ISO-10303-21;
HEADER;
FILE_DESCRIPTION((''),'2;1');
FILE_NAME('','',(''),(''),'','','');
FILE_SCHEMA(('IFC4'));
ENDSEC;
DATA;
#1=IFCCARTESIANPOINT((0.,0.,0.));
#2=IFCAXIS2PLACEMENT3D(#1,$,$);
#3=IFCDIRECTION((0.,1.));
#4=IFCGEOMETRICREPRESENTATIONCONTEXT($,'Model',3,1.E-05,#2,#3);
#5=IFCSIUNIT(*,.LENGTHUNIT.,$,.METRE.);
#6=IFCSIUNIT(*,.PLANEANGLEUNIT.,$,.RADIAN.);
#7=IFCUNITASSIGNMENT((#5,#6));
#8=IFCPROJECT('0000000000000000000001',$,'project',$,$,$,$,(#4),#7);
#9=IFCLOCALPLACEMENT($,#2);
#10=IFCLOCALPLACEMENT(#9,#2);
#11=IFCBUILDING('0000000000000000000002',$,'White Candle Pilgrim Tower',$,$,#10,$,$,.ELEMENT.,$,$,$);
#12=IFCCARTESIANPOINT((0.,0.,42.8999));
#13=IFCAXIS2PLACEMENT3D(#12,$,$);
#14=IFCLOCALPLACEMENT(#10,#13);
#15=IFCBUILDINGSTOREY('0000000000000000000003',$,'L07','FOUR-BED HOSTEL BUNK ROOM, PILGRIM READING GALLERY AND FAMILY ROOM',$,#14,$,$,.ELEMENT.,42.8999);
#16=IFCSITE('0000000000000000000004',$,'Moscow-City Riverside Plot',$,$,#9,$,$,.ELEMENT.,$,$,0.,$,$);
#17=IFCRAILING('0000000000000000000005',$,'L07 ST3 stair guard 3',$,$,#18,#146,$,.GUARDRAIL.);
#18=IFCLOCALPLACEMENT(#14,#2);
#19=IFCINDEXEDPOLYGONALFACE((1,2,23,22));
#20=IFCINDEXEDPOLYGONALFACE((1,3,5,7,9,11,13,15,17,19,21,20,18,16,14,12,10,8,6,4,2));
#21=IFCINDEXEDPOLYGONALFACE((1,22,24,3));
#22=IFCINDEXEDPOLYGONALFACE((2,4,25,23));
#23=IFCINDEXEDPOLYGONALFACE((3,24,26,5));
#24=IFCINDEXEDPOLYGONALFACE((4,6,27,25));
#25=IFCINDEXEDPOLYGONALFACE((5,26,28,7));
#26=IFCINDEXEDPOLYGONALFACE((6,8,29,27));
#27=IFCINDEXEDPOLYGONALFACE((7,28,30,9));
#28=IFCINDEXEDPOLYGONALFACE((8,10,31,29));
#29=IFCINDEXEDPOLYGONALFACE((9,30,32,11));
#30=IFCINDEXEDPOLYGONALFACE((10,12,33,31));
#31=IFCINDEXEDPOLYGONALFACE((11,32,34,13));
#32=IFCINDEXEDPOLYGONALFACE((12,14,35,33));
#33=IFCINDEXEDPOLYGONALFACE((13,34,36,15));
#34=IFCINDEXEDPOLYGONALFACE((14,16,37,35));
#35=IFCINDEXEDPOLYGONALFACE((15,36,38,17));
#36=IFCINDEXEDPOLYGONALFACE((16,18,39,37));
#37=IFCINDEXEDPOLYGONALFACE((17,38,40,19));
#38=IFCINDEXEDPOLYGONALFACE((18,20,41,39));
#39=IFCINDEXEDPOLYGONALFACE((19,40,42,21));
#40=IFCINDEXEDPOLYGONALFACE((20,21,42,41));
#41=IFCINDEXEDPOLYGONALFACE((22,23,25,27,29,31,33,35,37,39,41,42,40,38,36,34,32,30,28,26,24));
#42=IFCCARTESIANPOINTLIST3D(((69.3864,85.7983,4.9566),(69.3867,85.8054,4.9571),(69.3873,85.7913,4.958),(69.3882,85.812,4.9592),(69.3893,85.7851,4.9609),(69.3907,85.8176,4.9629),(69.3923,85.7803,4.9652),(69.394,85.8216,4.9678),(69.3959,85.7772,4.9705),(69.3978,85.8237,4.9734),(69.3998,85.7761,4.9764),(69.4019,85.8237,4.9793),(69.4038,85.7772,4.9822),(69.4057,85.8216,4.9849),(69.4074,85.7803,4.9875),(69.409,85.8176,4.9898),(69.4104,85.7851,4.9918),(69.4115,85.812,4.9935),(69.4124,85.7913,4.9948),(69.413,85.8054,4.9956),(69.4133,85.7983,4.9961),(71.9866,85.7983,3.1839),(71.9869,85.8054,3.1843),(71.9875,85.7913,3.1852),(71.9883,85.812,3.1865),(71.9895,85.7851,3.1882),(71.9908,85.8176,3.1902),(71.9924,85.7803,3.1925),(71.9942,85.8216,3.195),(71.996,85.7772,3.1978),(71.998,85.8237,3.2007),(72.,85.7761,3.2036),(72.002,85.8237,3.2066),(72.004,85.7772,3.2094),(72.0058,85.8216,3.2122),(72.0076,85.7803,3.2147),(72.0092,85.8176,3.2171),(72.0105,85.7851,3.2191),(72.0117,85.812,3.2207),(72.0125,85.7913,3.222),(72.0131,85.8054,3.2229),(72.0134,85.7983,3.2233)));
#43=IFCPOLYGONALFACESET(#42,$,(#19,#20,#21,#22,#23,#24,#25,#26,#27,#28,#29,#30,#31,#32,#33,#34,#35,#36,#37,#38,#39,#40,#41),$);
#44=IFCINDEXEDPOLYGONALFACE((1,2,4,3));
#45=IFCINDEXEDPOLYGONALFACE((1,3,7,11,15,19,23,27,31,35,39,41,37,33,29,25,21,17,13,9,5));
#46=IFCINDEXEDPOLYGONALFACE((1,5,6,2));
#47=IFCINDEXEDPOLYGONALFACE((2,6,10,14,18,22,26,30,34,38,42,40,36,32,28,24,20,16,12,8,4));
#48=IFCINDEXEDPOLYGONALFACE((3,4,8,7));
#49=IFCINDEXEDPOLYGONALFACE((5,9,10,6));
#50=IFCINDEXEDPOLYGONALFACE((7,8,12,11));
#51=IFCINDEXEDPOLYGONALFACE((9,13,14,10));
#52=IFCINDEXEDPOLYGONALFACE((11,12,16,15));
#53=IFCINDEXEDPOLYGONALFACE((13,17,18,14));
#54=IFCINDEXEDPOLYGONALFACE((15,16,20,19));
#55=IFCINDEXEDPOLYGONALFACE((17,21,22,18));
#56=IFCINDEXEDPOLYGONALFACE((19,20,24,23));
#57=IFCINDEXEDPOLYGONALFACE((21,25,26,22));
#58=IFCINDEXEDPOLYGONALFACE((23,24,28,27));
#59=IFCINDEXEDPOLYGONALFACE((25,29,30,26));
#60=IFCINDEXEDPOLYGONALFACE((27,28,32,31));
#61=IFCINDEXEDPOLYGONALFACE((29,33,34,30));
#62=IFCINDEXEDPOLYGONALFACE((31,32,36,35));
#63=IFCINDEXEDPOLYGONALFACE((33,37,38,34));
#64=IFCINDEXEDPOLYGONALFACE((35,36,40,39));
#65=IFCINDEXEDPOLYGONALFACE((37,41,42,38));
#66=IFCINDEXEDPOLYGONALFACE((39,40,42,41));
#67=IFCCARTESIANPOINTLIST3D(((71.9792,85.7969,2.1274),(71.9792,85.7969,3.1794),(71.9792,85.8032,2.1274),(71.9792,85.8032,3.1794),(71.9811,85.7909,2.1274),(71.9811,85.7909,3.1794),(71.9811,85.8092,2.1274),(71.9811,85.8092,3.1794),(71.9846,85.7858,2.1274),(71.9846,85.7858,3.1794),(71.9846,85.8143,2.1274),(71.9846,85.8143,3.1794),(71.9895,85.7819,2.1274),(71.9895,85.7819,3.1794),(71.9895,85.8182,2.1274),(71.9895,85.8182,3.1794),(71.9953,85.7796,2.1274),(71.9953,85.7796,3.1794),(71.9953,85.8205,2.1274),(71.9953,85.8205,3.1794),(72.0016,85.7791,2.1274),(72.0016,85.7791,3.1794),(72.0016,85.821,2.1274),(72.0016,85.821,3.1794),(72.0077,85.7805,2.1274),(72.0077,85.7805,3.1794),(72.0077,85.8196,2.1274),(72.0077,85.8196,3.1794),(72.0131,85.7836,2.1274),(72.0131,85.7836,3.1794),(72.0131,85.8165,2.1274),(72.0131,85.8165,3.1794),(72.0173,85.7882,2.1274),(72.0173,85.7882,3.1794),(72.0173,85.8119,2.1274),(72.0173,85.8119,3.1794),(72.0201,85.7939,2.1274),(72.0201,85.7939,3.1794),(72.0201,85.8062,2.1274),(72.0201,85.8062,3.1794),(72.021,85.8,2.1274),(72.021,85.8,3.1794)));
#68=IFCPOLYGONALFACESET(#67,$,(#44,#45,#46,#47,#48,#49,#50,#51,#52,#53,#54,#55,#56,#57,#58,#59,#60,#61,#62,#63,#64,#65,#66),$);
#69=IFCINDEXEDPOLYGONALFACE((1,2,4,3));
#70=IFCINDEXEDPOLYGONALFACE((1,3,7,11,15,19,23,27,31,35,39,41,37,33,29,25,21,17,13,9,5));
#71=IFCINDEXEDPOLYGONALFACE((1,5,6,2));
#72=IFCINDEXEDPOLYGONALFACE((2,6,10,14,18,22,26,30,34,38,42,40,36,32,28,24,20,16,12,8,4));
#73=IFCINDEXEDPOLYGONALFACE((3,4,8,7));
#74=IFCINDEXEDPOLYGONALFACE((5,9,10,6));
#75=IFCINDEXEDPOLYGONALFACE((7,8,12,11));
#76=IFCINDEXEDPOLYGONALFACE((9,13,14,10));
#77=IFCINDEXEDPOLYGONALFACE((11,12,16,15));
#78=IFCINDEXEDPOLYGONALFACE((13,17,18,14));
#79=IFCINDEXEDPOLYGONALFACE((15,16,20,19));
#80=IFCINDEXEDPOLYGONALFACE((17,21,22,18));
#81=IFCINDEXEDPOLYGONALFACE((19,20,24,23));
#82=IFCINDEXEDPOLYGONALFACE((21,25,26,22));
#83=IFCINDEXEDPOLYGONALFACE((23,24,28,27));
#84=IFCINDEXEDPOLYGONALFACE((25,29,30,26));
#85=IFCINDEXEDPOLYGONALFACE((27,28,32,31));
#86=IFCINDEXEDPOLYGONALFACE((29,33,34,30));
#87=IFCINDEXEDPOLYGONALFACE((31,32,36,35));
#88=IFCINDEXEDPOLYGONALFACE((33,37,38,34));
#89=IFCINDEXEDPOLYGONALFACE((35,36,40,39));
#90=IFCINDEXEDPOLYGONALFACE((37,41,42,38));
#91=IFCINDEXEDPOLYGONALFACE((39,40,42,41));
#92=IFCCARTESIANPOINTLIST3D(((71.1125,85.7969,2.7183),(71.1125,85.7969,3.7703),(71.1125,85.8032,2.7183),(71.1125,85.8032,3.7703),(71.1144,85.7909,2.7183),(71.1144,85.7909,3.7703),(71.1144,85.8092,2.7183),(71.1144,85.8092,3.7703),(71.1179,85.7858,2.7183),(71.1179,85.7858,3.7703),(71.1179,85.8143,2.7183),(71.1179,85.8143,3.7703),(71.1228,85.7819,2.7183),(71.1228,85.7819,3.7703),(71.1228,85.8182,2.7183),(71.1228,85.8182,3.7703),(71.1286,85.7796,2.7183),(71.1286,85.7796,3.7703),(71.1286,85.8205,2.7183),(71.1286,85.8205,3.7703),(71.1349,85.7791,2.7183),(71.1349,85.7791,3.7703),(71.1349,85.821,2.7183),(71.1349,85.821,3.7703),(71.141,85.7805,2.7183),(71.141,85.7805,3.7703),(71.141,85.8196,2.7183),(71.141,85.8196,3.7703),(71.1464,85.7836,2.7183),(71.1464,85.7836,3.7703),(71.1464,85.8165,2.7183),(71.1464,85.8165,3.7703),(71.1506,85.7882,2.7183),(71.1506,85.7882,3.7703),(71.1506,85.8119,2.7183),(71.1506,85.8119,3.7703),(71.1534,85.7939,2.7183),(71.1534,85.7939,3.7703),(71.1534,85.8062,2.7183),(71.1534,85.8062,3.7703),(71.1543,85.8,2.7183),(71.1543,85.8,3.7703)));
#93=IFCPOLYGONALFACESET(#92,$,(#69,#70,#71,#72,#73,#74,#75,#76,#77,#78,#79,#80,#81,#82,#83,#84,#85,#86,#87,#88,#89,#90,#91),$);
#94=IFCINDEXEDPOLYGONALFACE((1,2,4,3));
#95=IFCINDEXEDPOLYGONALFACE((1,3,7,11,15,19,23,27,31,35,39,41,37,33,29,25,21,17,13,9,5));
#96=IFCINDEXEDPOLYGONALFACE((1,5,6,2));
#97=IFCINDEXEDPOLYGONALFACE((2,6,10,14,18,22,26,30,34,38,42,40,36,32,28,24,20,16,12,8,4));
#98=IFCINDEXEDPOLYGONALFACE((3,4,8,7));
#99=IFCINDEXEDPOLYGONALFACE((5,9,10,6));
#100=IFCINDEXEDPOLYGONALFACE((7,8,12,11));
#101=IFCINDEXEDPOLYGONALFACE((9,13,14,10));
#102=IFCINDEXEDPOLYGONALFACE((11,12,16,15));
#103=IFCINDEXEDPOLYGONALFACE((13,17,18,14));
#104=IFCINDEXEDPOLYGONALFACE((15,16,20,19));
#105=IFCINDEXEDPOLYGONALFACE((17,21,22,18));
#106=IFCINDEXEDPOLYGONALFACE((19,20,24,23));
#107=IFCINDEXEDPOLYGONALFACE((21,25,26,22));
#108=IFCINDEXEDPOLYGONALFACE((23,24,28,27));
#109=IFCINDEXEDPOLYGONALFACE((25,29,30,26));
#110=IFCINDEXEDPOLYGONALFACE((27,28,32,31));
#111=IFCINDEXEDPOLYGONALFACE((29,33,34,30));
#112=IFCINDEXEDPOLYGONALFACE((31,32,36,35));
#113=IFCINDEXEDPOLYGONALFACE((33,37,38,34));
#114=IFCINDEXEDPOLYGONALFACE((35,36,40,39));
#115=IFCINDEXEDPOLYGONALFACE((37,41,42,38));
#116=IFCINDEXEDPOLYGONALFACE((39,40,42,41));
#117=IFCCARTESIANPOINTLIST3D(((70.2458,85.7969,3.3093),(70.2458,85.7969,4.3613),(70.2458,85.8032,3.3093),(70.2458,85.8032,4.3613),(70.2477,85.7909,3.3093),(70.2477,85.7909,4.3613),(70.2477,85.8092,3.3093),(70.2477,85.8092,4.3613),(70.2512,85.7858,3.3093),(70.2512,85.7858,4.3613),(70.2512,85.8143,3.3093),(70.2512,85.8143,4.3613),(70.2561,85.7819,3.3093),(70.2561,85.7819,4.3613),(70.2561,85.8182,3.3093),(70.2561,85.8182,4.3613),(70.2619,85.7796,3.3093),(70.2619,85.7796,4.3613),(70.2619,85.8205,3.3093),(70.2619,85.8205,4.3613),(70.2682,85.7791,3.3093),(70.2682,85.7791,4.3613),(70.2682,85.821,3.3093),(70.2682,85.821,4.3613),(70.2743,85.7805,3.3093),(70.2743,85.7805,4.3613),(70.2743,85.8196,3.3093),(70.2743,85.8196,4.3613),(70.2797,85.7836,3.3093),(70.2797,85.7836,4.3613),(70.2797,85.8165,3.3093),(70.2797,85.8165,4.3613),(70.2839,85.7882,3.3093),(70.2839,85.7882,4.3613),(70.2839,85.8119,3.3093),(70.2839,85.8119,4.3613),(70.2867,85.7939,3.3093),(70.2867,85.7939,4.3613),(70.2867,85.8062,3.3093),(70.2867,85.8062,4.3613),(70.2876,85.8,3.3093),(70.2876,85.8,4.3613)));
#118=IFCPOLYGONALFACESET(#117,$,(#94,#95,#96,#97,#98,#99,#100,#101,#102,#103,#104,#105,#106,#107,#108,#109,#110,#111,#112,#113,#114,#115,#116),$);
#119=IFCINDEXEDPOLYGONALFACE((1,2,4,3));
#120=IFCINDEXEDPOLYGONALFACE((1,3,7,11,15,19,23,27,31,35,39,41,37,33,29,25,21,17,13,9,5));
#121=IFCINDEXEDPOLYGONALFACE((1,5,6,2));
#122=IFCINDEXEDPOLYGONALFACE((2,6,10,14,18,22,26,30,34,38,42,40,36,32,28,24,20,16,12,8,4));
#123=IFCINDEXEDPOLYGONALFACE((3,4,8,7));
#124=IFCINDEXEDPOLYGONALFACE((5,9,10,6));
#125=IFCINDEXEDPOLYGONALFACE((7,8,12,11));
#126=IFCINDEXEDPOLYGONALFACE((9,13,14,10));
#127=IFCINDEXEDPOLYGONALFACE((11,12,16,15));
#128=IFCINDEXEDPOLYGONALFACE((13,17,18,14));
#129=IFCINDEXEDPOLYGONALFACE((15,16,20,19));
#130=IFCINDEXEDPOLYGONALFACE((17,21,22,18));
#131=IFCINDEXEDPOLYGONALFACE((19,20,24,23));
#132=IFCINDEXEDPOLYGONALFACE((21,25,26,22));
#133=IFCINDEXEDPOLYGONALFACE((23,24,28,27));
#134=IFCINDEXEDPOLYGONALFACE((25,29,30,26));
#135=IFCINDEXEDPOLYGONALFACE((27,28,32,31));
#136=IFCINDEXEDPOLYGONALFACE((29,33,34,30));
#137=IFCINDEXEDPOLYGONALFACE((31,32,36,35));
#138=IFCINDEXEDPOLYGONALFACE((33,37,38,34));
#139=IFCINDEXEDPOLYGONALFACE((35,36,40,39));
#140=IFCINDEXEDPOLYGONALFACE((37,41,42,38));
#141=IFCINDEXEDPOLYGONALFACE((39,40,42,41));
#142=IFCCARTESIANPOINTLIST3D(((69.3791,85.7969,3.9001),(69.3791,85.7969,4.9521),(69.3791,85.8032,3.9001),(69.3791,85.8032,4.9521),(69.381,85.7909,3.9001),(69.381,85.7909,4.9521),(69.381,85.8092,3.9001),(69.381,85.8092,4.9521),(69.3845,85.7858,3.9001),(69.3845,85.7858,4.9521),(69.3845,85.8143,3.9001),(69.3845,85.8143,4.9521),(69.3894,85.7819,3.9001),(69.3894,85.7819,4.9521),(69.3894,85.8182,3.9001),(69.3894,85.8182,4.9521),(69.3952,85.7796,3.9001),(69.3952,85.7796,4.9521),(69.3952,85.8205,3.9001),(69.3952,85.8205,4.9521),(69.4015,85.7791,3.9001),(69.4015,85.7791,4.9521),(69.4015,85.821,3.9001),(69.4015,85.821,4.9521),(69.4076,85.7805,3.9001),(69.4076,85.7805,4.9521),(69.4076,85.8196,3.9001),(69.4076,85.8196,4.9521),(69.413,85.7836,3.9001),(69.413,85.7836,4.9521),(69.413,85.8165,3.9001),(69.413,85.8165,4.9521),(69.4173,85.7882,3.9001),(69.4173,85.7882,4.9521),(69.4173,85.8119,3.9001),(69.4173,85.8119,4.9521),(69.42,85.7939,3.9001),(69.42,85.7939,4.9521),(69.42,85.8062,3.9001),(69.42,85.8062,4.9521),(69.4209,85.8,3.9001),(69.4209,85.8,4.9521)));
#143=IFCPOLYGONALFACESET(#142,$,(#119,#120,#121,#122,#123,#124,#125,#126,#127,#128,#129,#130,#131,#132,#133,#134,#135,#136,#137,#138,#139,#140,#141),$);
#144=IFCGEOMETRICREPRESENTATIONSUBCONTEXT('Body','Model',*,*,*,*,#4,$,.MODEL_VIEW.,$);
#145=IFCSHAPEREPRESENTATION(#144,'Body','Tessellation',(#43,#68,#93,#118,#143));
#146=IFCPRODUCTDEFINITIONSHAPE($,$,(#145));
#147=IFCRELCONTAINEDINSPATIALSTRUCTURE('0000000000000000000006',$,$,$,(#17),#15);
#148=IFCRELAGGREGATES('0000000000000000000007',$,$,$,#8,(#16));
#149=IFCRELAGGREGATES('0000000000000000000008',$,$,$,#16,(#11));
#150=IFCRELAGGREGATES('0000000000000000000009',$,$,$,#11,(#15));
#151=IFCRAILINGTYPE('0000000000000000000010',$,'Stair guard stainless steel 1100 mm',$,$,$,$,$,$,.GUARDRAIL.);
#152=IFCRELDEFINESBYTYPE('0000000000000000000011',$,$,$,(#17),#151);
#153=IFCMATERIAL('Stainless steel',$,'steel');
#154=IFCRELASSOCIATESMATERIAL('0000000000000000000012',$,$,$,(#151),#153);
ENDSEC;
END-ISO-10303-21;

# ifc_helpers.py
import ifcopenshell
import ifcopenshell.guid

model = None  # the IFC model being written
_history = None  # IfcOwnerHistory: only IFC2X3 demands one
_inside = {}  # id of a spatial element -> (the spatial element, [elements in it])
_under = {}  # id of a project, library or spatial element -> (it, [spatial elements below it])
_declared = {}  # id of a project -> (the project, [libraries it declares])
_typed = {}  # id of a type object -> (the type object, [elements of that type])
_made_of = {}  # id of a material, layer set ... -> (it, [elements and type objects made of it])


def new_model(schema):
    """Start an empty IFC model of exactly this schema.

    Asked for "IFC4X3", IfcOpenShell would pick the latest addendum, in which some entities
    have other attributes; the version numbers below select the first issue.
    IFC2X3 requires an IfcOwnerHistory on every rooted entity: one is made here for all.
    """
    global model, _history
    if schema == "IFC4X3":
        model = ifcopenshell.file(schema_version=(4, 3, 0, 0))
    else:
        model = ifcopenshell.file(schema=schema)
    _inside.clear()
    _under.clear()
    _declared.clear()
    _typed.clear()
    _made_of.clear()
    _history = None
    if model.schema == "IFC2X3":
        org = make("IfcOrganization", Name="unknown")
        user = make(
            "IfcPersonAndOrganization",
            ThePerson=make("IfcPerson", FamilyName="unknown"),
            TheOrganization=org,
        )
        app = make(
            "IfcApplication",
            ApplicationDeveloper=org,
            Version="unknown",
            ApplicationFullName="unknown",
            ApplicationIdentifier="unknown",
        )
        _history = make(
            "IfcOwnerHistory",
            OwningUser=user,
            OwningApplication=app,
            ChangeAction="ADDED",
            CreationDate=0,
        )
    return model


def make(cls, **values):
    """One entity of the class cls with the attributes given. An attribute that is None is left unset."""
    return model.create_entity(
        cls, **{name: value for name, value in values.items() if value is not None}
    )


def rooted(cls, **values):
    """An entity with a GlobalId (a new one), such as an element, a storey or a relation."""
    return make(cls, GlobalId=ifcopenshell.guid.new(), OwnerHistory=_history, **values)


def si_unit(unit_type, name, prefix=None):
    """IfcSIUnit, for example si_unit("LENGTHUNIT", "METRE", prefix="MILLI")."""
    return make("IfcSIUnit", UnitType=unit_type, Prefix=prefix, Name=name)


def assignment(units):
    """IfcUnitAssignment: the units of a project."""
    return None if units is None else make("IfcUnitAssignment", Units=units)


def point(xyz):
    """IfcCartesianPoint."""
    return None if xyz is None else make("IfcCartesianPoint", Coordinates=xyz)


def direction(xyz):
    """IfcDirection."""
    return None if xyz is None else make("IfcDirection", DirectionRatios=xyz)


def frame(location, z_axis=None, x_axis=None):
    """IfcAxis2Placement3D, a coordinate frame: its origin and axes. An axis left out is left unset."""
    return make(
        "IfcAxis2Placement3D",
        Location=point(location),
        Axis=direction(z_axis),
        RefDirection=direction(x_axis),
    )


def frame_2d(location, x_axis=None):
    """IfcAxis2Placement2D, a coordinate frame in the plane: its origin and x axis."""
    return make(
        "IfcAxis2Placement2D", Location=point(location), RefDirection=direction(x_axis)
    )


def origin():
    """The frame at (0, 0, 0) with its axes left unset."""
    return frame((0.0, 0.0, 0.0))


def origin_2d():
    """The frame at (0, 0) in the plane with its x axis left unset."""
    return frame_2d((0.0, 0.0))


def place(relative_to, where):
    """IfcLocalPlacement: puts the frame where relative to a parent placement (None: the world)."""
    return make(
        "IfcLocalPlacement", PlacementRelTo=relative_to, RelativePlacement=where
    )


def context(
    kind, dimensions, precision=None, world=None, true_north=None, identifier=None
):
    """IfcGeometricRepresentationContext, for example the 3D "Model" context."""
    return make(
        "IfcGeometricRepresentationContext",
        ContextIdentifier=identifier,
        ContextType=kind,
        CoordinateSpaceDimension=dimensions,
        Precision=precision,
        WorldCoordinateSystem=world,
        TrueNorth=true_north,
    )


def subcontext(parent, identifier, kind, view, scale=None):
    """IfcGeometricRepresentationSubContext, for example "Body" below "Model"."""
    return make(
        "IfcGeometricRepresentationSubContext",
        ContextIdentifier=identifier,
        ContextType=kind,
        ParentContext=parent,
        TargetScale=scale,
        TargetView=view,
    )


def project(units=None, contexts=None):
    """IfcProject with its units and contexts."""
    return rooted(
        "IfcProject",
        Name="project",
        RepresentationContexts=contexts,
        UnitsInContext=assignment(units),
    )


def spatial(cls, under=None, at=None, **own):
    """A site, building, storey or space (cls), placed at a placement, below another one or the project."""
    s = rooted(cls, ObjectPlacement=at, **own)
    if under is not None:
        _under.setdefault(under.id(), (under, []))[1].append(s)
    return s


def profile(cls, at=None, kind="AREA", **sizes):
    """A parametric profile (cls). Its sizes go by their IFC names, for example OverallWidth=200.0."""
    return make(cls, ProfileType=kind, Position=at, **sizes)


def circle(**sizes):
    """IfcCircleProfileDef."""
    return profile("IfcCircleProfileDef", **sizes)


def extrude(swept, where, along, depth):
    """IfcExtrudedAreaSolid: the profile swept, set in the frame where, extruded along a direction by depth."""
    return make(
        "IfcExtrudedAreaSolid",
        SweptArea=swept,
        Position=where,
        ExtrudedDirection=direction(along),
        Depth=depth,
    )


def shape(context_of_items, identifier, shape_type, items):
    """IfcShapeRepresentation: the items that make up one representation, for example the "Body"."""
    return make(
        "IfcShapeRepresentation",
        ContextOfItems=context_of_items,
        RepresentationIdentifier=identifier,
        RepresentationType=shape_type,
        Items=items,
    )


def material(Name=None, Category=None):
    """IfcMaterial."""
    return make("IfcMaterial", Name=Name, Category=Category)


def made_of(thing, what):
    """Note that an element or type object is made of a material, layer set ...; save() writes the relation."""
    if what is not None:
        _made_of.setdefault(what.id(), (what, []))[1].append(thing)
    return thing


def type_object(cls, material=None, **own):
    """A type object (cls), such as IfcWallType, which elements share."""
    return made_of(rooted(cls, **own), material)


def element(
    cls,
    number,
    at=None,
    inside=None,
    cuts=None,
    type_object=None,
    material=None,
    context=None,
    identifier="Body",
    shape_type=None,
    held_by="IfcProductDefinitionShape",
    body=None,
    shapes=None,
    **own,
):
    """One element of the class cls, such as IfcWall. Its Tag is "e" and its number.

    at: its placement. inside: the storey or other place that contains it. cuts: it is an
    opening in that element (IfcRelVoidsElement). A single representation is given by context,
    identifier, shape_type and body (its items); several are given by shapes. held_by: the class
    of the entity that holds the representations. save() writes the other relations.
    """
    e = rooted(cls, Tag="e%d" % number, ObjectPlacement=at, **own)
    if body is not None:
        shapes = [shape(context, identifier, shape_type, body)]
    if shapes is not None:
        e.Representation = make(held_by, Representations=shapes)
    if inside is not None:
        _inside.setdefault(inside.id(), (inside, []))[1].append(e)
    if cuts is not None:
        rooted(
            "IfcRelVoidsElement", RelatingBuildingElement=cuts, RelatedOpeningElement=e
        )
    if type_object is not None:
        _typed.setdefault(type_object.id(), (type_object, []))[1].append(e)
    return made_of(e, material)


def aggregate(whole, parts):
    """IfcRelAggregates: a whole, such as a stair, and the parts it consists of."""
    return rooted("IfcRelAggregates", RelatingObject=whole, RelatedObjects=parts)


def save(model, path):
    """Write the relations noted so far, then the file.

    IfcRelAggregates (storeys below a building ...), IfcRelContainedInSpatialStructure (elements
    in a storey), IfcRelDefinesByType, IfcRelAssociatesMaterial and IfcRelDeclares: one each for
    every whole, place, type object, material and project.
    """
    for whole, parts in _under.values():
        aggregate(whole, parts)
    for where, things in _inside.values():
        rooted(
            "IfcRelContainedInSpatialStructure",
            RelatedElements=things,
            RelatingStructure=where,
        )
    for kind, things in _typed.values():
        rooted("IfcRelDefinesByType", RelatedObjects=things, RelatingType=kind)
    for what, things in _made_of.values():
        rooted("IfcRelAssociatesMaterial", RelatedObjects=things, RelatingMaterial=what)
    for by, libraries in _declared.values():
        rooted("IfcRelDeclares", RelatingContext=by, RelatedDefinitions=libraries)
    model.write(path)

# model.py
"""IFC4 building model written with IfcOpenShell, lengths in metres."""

from ifc_helpers import new_model, si_unit, direction, frame, origin, origin_2d, place, context, subcontext, project, spatial, circle, extrude, material, type_object, element, save


model = new_model("IFC4")

# Units and contexts
model_context = context("Model", 3, precision=1e-05, world=origin(), true_north=direction((0.0, 1.0)))
body_context = subcontext(model_context, "Body", "Model", "MODEL_VIEW")
ifc_project = project(units=[si_unit("LENGTHUNIT", "METRE"), si_unit("PLANEANGLEUNIT", "RADIAN")], contexts=[model_context])

# Site, building, storey
site_placement = place(None, origin())
site = spatial("IfcSite", under=ifc_project, at=site_placement, Name="Moscow-City Riverside Plot", CompositionType="ELEMENT", RefElevation=0.0)
building_placement = place(site_placement, origin())
building = spatial("IfcBuilding", under=site, at=building_placement, Name="White Candle Pilgrim Tower", CompositionType="ELEMENT")
storey_placement = place(building_placement, frame((0.0, 0.0, 42.8999)))
storey = spatial("IfcBuildingStorey", under=building, at=storey_placement, Name="L07", Description="FOUR-BED HOSTEL BUNK ROOM, PILGRIM READING GALLERY AND FAMILY ROOM", CompositionType="ELEMENT", Elevation=42.8999)

# Railing
ifc_material_1 = material(Name="Stainless steel", Category="steel")
railing_type_1 = type_object("IfcRailingType", Name="Stair guard stainless steel 1100 mm", PredefinedType="GUARDRAIL", material=ifc_material_1)
railing_1_placement = place(storey_placement, frame((72.0, 85.8, 2.1274)))
element("IfcRailing", 1, at=railing_1_placement, inside=storey, type_object=railing_type_1, Name="L07 ST3 stair guard 3", PredefinedType="GUARDRAIL", context=body_context, shape_type="SweptSolid", body=[
    extrude(circle(Radius=0.0239, at=origin_2d()), frame((0.0, 0.0, 1.0762), z_axis=(-0.82624, 0.0, 0.563318), x_axis=(0.0, -1.0, 0.0)), (0.0, 0.0, 1.0), 3.147),
    extrude(circle(Radius=0.021, at=origin_2d()), origin(), (0.0, 0.0, 1.0), 1.052),
    extrude(circle(Radius=0.021, at=origin_2d()), frame((-0.8667, 0.0, 0.5908)), (0.0, 0.0, 1.0), 1.052),
    extrude(circle(Radius=0.021, at=origin_2d()), frame((-1.7334, 0.0, 1.1819)), (0.0, 0.0, 1.0), 1.052),
    extrude(circle(Radius=0.021, at=origin_2d()), frame((-2.6001, 0.0, 1.7727)), (0.0, 0.0, 1.0), 1.052),
])

save(model, "model.ifc")
